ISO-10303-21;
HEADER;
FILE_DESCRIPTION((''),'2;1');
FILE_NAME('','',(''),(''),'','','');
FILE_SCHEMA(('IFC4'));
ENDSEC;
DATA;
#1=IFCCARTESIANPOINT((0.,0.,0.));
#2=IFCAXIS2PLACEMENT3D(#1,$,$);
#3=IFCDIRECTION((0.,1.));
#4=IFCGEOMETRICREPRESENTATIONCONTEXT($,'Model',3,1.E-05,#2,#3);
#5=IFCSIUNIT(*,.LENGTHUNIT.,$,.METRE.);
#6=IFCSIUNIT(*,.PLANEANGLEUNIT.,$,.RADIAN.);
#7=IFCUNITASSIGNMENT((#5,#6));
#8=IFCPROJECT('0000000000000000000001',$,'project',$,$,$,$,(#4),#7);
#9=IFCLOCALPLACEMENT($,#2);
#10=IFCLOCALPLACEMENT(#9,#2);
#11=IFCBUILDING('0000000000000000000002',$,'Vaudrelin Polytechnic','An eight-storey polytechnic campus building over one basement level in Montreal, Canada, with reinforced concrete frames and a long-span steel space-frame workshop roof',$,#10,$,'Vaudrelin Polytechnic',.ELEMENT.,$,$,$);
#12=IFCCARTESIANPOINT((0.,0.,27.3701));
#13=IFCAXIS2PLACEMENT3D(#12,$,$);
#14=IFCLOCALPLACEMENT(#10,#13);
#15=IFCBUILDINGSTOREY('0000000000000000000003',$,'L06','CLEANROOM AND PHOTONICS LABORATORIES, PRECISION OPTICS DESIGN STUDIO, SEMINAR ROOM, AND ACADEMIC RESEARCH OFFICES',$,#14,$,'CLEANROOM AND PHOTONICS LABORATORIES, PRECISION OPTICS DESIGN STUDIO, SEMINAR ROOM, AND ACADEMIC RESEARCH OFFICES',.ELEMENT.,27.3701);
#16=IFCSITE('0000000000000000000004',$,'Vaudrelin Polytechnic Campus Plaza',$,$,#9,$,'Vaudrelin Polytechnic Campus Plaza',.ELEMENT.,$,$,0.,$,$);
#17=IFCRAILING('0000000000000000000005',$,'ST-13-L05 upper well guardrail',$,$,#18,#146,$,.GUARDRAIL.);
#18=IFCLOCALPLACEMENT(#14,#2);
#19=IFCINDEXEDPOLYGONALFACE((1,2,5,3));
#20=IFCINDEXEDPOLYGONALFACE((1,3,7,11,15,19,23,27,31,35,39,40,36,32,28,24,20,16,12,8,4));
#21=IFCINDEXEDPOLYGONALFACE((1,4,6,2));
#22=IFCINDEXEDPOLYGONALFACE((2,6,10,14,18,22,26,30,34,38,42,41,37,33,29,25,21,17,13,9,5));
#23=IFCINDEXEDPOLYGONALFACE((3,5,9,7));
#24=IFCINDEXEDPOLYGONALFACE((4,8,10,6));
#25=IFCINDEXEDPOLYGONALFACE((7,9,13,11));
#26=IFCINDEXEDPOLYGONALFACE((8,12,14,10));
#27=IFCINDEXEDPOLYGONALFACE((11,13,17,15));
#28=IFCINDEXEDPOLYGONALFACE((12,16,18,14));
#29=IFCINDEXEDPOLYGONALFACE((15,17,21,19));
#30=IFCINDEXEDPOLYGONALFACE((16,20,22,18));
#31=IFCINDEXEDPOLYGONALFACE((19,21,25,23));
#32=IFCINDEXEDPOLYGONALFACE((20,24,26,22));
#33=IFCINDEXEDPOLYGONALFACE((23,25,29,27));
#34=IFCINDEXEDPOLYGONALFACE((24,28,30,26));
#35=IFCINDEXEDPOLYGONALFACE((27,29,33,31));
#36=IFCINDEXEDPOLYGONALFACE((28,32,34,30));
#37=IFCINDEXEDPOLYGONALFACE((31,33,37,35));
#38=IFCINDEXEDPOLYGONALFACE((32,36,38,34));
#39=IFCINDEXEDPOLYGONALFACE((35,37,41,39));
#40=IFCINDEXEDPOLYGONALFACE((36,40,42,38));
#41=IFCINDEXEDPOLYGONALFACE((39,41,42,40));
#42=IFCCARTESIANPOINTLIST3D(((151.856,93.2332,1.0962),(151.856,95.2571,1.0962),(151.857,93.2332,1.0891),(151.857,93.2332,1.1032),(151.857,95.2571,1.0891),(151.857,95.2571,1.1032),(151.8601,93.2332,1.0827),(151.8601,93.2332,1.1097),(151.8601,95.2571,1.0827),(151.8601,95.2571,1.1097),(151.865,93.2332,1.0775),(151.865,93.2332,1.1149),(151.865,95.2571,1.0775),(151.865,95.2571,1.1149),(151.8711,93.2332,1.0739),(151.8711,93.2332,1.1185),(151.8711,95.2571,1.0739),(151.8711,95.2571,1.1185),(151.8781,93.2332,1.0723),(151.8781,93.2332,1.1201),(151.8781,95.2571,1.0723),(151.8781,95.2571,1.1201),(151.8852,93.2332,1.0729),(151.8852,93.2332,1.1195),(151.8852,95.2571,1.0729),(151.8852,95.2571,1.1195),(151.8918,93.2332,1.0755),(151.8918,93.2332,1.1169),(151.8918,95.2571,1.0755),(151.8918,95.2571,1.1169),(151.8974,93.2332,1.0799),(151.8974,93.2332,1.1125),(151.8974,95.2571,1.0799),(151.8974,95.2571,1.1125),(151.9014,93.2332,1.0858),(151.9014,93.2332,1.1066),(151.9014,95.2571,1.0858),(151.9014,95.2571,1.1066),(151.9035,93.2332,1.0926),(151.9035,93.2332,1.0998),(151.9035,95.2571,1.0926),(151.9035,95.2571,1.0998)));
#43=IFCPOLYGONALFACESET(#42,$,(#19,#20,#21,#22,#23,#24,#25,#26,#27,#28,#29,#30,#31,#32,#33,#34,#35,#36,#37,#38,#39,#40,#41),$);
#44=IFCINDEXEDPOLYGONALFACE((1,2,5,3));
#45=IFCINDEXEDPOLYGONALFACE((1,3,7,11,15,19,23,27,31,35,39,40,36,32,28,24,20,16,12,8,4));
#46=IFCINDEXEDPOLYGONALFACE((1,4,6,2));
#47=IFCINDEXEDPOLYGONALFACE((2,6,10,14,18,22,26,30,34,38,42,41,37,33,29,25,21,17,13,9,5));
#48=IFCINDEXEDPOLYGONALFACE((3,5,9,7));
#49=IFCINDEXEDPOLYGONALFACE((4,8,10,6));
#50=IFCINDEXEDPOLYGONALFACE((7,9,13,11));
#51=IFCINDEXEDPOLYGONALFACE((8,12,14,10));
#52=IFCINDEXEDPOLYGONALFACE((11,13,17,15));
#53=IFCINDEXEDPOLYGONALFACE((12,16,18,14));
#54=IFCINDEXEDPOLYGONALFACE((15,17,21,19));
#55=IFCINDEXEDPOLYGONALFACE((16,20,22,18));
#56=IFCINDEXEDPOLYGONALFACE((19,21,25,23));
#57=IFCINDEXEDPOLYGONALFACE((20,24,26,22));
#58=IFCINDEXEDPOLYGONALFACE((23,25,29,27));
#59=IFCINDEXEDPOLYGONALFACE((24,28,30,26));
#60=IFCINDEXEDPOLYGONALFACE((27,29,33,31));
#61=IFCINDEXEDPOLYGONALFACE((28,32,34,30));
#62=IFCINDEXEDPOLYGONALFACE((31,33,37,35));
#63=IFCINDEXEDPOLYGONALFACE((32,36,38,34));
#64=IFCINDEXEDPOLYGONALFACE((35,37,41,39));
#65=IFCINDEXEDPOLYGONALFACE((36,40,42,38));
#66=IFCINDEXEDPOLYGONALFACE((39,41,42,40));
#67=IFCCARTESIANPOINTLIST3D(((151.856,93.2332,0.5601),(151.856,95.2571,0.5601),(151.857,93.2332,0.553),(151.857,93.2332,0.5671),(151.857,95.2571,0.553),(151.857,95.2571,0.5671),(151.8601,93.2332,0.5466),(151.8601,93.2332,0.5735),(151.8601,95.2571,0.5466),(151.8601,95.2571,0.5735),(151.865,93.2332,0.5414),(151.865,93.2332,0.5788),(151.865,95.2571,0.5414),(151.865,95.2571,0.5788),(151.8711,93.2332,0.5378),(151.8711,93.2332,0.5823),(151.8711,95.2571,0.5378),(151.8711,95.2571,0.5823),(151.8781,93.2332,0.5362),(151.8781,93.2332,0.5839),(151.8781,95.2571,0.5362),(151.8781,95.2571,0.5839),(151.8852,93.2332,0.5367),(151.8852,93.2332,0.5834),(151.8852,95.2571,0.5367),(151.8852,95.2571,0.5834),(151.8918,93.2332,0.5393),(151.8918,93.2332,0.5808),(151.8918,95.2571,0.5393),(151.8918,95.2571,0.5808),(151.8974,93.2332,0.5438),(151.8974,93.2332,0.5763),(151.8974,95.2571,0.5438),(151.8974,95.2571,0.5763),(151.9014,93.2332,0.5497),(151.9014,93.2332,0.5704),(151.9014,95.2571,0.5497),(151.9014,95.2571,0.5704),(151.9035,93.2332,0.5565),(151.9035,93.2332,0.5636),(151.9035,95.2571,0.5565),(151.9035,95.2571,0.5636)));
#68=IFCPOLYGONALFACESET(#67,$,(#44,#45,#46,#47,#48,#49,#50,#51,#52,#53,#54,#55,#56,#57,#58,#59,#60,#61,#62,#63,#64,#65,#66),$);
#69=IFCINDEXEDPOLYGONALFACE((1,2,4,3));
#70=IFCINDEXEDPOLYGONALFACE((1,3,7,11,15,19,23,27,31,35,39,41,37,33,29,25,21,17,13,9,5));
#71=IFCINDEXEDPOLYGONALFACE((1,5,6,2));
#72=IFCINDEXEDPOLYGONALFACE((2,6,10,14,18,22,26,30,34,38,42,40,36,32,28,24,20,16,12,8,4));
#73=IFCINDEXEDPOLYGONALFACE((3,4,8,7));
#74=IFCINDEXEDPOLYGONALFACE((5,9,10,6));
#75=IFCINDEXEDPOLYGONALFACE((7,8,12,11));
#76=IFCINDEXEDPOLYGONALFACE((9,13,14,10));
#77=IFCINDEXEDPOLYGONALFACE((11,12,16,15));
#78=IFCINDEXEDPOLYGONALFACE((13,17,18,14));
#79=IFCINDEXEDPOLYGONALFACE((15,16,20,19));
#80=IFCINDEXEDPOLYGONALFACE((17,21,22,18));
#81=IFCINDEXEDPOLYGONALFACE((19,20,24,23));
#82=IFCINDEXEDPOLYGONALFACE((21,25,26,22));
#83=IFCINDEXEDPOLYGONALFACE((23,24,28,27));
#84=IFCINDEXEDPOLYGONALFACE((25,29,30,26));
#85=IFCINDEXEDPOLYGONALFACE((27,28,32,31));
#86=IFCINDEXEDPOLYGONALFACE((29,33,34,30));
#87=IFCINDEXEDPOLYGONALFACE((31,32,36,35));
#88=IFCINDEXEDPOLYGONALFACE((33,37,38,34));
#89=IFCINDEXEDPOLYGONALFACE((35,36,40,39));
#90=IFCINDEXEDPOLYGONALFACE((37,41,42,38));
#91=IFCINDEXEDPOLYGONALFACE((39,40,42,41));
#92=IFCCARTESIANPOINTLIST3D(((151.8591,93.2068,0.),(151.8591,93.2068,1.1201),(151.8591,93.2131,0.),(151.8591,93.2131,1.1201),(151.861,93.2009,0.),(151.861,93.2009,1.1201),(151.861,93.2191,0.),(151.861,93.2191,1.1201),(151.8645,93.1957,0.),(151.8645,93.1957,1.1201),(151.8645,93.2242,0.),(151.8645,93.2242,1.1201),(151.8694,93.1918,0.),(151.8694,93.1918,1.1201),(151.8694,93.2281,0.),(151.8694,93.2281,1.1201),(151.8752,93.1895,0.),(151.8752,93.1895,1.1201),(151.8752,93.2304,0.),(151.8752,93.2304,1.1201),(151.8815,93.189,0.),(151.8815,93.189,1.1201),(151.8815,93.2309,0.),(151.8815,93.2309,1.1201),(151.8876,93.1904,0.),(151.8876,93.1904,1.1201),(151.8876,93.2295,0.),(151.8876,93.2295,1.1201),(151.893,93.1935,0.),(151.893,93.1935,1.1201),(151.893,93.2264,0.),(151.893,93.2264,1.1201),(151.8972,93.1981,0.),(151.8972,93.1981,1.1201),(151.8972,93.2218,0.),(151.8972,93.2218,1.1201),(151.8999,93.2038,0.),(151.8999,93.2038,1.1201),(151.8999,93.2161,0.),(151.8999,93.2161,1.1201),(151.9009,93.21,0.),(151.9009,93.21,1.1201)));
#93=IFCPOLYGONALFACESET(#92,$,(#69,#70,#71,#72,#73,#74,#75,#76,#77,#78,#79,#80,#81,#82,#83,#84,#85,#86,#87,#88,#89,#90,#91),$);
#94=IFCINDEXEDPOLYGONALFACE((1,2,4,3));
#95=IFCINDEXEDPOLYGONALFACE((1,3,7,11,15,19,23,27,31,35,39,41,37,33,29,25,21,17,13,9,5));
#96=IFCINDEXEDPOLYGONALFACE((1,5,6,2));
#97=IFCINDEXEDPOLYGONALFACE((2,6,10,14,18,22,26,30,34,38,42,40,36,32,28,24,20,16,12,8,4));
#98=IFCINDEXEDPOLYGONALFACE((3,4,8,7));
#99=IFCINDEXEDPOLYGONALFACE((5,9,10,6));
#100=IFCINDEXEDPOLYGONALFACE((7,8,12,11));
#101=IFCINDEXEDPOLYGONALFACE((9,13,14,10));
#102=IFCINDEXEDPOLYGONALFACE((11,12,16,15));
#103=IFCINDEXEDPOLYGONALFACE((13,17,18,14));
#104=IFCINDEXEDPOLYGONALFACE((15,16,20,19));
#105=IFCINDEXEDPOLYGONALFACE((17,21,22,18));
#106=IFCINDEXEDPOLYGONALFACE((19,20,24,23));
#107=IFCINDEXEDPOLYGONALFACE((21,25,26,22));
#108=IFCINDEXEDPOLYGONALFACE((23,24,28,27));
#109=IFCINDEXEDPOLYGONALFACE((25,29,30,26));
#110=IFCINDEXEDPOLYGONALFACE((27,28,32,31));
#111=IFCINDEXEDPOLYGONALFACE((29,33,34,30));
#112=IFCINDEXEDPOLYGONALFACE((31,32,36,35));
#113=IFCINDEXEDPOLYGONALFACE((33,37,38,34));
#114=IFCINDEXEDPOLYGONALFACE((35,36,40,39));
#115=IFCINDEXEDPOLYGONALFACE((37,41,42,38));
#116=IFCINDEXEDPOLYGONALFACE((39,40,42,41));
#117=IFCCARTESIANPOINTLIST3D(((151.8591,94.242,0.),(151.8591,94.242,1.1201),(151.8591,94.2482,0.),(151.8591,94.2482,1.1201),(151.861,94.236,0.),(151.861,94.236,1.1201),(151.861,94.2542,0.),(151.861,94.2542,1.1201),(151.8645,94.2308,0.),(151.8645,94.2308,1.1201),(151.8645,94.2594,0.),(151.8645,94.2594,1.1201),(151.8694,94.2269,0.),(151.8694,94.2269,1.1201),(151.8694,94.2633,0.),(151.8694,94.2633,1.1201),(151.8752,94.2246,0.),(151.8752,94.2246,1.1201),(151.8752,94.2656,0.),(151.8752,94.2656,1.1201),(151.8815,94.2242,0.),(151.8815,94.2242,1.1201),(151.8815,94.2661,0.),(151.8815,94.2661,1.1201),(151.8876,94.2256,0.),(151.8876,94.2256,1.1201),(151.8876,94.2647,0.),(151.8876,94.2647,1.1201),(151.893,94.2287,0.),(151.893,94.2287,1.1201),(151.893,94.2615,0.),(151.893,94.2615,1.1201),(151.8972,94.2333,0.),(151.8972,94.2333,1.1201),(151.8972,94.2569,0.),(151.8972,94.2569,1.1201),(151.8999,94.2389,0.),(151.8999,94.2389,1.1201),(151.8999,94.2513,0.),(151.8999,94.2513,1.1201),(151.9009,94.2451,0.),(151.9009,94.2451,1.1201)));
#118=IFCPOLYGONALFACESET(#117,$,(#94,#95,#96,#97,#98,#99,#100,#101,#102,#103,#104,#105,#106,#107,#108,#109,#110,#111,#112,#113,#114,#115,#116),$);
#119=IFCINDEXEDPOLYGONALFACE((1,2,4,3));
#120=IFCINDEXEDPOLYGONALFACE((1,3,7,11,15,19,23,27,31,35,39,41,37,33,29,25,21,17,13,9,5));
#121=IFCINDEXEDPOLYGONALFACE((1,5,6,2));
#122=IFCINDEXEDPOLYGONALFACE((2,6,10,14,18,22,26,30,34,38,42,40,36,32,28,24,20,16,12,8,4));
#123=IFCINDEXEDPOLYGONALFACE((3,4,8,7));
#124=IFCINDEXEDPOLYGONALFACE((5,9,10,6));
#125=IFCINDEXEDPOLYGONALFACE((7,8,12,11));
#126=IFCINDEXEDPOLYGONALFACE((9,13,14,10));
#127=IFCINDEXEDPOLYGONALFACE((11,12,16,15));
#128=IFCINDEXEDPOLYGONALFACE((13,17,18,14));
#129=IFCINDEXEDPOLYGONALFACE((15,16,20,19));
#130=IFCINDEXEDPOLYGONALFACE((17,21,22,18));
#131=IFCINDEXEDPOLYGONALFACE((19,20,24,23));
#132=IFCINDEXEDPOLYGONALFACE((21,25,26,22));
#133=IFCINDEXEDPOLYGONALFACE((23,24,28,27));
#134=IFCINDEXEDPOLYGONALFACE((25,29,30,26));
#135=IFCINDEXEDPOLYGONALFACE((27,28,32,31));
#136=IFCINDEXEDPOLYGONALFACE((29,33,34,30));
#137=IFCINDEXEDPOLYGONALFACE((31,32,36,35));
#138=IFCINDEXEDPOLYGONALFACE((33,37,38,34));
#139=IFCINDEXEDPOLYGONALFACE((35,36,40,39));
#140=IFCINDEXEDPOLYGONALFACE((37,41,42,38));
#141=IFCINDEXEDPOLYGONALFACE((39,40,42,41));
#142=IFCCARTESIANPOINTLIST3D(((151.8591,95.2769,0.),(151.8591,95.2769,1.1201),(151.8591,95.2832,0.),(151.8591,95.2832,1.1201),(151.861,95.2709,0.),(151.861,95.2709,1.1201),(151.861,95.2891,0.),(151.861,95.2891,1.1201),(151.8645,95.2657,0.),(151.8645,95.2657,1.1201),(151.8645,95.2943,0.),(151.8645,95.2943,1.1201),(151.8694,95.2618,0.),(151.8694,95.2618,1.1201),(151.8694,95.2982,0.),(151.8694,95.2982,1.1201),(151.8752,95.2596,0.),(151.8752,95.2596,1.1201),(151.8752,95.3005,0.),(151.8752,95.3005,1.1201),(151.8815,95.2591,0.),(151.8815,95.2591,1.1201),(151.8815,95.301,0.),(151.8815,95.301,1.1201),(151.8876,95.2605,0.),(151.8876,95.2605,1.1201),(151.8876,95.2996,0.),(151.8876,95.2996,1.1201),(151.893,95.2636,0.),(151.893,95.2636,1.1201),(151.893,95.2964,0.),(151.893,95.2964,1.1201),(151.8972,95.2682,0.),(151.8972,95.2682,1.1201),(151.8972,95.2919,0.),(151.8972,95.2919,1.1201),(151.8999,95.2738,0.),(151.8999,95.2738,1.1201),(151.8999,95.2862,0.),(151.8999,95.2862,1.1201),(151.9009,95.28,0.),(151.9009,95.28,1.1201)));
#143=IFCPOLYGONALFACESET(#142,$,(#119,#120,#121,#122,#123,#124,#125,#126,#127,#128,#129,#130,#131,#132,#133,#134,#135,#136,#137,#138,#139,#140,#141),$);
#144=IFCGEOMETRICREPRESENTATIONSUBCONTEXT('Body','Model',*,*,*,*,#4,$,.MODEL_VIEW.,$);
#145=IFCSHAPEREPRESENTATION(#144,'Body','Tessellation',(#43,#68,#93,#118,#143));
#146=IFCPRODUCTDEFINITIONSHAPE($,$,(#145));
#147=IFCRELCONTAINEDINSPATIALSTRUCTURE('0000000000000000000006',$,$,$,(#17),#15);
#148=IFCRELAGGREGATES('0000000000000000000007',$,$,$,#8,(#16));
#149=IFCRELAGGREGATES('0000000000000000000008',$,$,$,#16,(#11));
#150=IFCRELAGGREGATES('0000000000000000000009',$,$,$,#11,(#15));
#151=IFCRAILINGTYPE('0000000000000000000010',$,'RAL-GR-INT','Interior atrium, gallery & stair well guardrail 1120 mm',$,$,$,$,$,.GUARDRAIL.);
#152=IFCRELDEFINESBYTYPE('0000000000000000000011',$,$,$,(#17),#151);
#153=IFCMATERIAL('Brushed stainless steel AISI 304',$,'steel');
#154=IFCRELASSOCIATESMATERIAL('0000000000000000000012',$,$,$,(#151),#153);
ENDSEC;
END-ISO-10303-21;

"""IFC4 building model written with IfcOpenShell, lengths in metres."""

from ifc_helpers import new_model, si_unit, direction, frame, origin, origin_2d, place, context, subcontext, project, spatial, circle, extrude, material, type_object, element, save


model = new_model("IFC4")

# Units and contexts
model_context = context("Model", 3, precision=1e-05, world=origin(), true_north=direction((0.0, 1.0)))
body_context = subcontext(model_context, "Body", "Model", "MODEL_VIEW")
ifc_project = project(units=[si_unit("LENGTHUNIT", "METRE"), si_unit("PLANEANGLEUNIT", "RADIAN")], contexts=[model_context])

# Site, building, storey
site_placement = place(None, origin())
site = spatial("IfcSite", under=ifc_project, at=site_placement, Name="Vaudrelin Polytechnic Campus Plaza", LongName="Vaudrelin Polytechnic Campus Plaza", CompositionType="ELEMENT", RefElevation=0.0)
building_placement = place(site_placement, origin())
building = spatial("IfcBuilding", under=site, at=building_placement, Name="Vaudrelin Polytechnic", Description="An eight-storey polytechnic campus building over one basement level in Montreal, Canada, with reinforced concrete frames and a long-span steel space-frame workshop roof", LongName="Vaudrelin Polytechnic", CompositionType="ELEMENT")
storey_placement = place(building_placement, frame((0.0, 0.0, 27.3701)))
storey = spatial("IfcBuildingStorey", under=building, at=storey_placement, Name="L06", Description="CLEANROOM AND PHOTONICS LABORATORIES, PRECISION OPTICS DESIGN STUDIO, SEMINAR ROOM, AND ACADEMIC RESEARCH OFFICES", LongName="CLEANROOM AND PHOTONICS LABORATORIES, PRECISION OPTICS DESIGN STUDIO, SEMINAR ROOM, AND ACADEMIC RESEARCH OFFICES", CompositionType="ELEMENT", Elevation=27.3701)

# Railing
ifc_material_1 = material(Name="Brushed stainless steel AISI 304", Category="steel")
railing_type_1 = type_object("IfcRailingType", Name="RAL-GR-INT", Description="Interior atrium, gallery & stair well guardrail 1120 mm", PredefinedType="GUARDRAIL", material=ifc_material_1)
railing_1_placement = place(storey_placement, frame((151.8799, 93.21, 0.0)))
element("IfcRailing", 1, at=railing_1_placement, inside=storey, type_object=railing_type_1, Name="ST-13-L05 upper well guardrail", PredefinedType="GUARDRAIL", context=body_context, shape_type="SweptSolid", body=[
    extrude(circle(Radius=0.0239, at=origin_2d()), frame((0.0, 0.0232, 1.0962), z_axis=(0.0, 1.0, 0.0), x_axis=(-1.0, 0.0, 0.0)), (0.0, 0.0, 1.0), 2.0239),
    extrude(circle(Radius=0.0239, at=origin_2d()), frame((0.0, 0.0232, 0.5601), z_axis=(0.0, 1.0, 0.0), x_axis=(-1.0, 0.0, 0.0)), (0.0, 0.0, 1.0), 2.0239),
    extrude(circle(Radius=0.021, at=origin_2d()), origin(), (0.0, 0.0, 1.0), 1.1201),
    extrude(circle(Radius=0.021, at=origin_2d()), frame((0.0, 1.0352, 0.0)), (0.0, 0.0, 1.0), 1.1201),
    extrude(circle(Radius=0.021, at=origin_2d()), frame((0.0, 2.0701, 0.0)), (0.0, 0.0, 1.0), 1.1201),
])

save(model, "model.ifc")
